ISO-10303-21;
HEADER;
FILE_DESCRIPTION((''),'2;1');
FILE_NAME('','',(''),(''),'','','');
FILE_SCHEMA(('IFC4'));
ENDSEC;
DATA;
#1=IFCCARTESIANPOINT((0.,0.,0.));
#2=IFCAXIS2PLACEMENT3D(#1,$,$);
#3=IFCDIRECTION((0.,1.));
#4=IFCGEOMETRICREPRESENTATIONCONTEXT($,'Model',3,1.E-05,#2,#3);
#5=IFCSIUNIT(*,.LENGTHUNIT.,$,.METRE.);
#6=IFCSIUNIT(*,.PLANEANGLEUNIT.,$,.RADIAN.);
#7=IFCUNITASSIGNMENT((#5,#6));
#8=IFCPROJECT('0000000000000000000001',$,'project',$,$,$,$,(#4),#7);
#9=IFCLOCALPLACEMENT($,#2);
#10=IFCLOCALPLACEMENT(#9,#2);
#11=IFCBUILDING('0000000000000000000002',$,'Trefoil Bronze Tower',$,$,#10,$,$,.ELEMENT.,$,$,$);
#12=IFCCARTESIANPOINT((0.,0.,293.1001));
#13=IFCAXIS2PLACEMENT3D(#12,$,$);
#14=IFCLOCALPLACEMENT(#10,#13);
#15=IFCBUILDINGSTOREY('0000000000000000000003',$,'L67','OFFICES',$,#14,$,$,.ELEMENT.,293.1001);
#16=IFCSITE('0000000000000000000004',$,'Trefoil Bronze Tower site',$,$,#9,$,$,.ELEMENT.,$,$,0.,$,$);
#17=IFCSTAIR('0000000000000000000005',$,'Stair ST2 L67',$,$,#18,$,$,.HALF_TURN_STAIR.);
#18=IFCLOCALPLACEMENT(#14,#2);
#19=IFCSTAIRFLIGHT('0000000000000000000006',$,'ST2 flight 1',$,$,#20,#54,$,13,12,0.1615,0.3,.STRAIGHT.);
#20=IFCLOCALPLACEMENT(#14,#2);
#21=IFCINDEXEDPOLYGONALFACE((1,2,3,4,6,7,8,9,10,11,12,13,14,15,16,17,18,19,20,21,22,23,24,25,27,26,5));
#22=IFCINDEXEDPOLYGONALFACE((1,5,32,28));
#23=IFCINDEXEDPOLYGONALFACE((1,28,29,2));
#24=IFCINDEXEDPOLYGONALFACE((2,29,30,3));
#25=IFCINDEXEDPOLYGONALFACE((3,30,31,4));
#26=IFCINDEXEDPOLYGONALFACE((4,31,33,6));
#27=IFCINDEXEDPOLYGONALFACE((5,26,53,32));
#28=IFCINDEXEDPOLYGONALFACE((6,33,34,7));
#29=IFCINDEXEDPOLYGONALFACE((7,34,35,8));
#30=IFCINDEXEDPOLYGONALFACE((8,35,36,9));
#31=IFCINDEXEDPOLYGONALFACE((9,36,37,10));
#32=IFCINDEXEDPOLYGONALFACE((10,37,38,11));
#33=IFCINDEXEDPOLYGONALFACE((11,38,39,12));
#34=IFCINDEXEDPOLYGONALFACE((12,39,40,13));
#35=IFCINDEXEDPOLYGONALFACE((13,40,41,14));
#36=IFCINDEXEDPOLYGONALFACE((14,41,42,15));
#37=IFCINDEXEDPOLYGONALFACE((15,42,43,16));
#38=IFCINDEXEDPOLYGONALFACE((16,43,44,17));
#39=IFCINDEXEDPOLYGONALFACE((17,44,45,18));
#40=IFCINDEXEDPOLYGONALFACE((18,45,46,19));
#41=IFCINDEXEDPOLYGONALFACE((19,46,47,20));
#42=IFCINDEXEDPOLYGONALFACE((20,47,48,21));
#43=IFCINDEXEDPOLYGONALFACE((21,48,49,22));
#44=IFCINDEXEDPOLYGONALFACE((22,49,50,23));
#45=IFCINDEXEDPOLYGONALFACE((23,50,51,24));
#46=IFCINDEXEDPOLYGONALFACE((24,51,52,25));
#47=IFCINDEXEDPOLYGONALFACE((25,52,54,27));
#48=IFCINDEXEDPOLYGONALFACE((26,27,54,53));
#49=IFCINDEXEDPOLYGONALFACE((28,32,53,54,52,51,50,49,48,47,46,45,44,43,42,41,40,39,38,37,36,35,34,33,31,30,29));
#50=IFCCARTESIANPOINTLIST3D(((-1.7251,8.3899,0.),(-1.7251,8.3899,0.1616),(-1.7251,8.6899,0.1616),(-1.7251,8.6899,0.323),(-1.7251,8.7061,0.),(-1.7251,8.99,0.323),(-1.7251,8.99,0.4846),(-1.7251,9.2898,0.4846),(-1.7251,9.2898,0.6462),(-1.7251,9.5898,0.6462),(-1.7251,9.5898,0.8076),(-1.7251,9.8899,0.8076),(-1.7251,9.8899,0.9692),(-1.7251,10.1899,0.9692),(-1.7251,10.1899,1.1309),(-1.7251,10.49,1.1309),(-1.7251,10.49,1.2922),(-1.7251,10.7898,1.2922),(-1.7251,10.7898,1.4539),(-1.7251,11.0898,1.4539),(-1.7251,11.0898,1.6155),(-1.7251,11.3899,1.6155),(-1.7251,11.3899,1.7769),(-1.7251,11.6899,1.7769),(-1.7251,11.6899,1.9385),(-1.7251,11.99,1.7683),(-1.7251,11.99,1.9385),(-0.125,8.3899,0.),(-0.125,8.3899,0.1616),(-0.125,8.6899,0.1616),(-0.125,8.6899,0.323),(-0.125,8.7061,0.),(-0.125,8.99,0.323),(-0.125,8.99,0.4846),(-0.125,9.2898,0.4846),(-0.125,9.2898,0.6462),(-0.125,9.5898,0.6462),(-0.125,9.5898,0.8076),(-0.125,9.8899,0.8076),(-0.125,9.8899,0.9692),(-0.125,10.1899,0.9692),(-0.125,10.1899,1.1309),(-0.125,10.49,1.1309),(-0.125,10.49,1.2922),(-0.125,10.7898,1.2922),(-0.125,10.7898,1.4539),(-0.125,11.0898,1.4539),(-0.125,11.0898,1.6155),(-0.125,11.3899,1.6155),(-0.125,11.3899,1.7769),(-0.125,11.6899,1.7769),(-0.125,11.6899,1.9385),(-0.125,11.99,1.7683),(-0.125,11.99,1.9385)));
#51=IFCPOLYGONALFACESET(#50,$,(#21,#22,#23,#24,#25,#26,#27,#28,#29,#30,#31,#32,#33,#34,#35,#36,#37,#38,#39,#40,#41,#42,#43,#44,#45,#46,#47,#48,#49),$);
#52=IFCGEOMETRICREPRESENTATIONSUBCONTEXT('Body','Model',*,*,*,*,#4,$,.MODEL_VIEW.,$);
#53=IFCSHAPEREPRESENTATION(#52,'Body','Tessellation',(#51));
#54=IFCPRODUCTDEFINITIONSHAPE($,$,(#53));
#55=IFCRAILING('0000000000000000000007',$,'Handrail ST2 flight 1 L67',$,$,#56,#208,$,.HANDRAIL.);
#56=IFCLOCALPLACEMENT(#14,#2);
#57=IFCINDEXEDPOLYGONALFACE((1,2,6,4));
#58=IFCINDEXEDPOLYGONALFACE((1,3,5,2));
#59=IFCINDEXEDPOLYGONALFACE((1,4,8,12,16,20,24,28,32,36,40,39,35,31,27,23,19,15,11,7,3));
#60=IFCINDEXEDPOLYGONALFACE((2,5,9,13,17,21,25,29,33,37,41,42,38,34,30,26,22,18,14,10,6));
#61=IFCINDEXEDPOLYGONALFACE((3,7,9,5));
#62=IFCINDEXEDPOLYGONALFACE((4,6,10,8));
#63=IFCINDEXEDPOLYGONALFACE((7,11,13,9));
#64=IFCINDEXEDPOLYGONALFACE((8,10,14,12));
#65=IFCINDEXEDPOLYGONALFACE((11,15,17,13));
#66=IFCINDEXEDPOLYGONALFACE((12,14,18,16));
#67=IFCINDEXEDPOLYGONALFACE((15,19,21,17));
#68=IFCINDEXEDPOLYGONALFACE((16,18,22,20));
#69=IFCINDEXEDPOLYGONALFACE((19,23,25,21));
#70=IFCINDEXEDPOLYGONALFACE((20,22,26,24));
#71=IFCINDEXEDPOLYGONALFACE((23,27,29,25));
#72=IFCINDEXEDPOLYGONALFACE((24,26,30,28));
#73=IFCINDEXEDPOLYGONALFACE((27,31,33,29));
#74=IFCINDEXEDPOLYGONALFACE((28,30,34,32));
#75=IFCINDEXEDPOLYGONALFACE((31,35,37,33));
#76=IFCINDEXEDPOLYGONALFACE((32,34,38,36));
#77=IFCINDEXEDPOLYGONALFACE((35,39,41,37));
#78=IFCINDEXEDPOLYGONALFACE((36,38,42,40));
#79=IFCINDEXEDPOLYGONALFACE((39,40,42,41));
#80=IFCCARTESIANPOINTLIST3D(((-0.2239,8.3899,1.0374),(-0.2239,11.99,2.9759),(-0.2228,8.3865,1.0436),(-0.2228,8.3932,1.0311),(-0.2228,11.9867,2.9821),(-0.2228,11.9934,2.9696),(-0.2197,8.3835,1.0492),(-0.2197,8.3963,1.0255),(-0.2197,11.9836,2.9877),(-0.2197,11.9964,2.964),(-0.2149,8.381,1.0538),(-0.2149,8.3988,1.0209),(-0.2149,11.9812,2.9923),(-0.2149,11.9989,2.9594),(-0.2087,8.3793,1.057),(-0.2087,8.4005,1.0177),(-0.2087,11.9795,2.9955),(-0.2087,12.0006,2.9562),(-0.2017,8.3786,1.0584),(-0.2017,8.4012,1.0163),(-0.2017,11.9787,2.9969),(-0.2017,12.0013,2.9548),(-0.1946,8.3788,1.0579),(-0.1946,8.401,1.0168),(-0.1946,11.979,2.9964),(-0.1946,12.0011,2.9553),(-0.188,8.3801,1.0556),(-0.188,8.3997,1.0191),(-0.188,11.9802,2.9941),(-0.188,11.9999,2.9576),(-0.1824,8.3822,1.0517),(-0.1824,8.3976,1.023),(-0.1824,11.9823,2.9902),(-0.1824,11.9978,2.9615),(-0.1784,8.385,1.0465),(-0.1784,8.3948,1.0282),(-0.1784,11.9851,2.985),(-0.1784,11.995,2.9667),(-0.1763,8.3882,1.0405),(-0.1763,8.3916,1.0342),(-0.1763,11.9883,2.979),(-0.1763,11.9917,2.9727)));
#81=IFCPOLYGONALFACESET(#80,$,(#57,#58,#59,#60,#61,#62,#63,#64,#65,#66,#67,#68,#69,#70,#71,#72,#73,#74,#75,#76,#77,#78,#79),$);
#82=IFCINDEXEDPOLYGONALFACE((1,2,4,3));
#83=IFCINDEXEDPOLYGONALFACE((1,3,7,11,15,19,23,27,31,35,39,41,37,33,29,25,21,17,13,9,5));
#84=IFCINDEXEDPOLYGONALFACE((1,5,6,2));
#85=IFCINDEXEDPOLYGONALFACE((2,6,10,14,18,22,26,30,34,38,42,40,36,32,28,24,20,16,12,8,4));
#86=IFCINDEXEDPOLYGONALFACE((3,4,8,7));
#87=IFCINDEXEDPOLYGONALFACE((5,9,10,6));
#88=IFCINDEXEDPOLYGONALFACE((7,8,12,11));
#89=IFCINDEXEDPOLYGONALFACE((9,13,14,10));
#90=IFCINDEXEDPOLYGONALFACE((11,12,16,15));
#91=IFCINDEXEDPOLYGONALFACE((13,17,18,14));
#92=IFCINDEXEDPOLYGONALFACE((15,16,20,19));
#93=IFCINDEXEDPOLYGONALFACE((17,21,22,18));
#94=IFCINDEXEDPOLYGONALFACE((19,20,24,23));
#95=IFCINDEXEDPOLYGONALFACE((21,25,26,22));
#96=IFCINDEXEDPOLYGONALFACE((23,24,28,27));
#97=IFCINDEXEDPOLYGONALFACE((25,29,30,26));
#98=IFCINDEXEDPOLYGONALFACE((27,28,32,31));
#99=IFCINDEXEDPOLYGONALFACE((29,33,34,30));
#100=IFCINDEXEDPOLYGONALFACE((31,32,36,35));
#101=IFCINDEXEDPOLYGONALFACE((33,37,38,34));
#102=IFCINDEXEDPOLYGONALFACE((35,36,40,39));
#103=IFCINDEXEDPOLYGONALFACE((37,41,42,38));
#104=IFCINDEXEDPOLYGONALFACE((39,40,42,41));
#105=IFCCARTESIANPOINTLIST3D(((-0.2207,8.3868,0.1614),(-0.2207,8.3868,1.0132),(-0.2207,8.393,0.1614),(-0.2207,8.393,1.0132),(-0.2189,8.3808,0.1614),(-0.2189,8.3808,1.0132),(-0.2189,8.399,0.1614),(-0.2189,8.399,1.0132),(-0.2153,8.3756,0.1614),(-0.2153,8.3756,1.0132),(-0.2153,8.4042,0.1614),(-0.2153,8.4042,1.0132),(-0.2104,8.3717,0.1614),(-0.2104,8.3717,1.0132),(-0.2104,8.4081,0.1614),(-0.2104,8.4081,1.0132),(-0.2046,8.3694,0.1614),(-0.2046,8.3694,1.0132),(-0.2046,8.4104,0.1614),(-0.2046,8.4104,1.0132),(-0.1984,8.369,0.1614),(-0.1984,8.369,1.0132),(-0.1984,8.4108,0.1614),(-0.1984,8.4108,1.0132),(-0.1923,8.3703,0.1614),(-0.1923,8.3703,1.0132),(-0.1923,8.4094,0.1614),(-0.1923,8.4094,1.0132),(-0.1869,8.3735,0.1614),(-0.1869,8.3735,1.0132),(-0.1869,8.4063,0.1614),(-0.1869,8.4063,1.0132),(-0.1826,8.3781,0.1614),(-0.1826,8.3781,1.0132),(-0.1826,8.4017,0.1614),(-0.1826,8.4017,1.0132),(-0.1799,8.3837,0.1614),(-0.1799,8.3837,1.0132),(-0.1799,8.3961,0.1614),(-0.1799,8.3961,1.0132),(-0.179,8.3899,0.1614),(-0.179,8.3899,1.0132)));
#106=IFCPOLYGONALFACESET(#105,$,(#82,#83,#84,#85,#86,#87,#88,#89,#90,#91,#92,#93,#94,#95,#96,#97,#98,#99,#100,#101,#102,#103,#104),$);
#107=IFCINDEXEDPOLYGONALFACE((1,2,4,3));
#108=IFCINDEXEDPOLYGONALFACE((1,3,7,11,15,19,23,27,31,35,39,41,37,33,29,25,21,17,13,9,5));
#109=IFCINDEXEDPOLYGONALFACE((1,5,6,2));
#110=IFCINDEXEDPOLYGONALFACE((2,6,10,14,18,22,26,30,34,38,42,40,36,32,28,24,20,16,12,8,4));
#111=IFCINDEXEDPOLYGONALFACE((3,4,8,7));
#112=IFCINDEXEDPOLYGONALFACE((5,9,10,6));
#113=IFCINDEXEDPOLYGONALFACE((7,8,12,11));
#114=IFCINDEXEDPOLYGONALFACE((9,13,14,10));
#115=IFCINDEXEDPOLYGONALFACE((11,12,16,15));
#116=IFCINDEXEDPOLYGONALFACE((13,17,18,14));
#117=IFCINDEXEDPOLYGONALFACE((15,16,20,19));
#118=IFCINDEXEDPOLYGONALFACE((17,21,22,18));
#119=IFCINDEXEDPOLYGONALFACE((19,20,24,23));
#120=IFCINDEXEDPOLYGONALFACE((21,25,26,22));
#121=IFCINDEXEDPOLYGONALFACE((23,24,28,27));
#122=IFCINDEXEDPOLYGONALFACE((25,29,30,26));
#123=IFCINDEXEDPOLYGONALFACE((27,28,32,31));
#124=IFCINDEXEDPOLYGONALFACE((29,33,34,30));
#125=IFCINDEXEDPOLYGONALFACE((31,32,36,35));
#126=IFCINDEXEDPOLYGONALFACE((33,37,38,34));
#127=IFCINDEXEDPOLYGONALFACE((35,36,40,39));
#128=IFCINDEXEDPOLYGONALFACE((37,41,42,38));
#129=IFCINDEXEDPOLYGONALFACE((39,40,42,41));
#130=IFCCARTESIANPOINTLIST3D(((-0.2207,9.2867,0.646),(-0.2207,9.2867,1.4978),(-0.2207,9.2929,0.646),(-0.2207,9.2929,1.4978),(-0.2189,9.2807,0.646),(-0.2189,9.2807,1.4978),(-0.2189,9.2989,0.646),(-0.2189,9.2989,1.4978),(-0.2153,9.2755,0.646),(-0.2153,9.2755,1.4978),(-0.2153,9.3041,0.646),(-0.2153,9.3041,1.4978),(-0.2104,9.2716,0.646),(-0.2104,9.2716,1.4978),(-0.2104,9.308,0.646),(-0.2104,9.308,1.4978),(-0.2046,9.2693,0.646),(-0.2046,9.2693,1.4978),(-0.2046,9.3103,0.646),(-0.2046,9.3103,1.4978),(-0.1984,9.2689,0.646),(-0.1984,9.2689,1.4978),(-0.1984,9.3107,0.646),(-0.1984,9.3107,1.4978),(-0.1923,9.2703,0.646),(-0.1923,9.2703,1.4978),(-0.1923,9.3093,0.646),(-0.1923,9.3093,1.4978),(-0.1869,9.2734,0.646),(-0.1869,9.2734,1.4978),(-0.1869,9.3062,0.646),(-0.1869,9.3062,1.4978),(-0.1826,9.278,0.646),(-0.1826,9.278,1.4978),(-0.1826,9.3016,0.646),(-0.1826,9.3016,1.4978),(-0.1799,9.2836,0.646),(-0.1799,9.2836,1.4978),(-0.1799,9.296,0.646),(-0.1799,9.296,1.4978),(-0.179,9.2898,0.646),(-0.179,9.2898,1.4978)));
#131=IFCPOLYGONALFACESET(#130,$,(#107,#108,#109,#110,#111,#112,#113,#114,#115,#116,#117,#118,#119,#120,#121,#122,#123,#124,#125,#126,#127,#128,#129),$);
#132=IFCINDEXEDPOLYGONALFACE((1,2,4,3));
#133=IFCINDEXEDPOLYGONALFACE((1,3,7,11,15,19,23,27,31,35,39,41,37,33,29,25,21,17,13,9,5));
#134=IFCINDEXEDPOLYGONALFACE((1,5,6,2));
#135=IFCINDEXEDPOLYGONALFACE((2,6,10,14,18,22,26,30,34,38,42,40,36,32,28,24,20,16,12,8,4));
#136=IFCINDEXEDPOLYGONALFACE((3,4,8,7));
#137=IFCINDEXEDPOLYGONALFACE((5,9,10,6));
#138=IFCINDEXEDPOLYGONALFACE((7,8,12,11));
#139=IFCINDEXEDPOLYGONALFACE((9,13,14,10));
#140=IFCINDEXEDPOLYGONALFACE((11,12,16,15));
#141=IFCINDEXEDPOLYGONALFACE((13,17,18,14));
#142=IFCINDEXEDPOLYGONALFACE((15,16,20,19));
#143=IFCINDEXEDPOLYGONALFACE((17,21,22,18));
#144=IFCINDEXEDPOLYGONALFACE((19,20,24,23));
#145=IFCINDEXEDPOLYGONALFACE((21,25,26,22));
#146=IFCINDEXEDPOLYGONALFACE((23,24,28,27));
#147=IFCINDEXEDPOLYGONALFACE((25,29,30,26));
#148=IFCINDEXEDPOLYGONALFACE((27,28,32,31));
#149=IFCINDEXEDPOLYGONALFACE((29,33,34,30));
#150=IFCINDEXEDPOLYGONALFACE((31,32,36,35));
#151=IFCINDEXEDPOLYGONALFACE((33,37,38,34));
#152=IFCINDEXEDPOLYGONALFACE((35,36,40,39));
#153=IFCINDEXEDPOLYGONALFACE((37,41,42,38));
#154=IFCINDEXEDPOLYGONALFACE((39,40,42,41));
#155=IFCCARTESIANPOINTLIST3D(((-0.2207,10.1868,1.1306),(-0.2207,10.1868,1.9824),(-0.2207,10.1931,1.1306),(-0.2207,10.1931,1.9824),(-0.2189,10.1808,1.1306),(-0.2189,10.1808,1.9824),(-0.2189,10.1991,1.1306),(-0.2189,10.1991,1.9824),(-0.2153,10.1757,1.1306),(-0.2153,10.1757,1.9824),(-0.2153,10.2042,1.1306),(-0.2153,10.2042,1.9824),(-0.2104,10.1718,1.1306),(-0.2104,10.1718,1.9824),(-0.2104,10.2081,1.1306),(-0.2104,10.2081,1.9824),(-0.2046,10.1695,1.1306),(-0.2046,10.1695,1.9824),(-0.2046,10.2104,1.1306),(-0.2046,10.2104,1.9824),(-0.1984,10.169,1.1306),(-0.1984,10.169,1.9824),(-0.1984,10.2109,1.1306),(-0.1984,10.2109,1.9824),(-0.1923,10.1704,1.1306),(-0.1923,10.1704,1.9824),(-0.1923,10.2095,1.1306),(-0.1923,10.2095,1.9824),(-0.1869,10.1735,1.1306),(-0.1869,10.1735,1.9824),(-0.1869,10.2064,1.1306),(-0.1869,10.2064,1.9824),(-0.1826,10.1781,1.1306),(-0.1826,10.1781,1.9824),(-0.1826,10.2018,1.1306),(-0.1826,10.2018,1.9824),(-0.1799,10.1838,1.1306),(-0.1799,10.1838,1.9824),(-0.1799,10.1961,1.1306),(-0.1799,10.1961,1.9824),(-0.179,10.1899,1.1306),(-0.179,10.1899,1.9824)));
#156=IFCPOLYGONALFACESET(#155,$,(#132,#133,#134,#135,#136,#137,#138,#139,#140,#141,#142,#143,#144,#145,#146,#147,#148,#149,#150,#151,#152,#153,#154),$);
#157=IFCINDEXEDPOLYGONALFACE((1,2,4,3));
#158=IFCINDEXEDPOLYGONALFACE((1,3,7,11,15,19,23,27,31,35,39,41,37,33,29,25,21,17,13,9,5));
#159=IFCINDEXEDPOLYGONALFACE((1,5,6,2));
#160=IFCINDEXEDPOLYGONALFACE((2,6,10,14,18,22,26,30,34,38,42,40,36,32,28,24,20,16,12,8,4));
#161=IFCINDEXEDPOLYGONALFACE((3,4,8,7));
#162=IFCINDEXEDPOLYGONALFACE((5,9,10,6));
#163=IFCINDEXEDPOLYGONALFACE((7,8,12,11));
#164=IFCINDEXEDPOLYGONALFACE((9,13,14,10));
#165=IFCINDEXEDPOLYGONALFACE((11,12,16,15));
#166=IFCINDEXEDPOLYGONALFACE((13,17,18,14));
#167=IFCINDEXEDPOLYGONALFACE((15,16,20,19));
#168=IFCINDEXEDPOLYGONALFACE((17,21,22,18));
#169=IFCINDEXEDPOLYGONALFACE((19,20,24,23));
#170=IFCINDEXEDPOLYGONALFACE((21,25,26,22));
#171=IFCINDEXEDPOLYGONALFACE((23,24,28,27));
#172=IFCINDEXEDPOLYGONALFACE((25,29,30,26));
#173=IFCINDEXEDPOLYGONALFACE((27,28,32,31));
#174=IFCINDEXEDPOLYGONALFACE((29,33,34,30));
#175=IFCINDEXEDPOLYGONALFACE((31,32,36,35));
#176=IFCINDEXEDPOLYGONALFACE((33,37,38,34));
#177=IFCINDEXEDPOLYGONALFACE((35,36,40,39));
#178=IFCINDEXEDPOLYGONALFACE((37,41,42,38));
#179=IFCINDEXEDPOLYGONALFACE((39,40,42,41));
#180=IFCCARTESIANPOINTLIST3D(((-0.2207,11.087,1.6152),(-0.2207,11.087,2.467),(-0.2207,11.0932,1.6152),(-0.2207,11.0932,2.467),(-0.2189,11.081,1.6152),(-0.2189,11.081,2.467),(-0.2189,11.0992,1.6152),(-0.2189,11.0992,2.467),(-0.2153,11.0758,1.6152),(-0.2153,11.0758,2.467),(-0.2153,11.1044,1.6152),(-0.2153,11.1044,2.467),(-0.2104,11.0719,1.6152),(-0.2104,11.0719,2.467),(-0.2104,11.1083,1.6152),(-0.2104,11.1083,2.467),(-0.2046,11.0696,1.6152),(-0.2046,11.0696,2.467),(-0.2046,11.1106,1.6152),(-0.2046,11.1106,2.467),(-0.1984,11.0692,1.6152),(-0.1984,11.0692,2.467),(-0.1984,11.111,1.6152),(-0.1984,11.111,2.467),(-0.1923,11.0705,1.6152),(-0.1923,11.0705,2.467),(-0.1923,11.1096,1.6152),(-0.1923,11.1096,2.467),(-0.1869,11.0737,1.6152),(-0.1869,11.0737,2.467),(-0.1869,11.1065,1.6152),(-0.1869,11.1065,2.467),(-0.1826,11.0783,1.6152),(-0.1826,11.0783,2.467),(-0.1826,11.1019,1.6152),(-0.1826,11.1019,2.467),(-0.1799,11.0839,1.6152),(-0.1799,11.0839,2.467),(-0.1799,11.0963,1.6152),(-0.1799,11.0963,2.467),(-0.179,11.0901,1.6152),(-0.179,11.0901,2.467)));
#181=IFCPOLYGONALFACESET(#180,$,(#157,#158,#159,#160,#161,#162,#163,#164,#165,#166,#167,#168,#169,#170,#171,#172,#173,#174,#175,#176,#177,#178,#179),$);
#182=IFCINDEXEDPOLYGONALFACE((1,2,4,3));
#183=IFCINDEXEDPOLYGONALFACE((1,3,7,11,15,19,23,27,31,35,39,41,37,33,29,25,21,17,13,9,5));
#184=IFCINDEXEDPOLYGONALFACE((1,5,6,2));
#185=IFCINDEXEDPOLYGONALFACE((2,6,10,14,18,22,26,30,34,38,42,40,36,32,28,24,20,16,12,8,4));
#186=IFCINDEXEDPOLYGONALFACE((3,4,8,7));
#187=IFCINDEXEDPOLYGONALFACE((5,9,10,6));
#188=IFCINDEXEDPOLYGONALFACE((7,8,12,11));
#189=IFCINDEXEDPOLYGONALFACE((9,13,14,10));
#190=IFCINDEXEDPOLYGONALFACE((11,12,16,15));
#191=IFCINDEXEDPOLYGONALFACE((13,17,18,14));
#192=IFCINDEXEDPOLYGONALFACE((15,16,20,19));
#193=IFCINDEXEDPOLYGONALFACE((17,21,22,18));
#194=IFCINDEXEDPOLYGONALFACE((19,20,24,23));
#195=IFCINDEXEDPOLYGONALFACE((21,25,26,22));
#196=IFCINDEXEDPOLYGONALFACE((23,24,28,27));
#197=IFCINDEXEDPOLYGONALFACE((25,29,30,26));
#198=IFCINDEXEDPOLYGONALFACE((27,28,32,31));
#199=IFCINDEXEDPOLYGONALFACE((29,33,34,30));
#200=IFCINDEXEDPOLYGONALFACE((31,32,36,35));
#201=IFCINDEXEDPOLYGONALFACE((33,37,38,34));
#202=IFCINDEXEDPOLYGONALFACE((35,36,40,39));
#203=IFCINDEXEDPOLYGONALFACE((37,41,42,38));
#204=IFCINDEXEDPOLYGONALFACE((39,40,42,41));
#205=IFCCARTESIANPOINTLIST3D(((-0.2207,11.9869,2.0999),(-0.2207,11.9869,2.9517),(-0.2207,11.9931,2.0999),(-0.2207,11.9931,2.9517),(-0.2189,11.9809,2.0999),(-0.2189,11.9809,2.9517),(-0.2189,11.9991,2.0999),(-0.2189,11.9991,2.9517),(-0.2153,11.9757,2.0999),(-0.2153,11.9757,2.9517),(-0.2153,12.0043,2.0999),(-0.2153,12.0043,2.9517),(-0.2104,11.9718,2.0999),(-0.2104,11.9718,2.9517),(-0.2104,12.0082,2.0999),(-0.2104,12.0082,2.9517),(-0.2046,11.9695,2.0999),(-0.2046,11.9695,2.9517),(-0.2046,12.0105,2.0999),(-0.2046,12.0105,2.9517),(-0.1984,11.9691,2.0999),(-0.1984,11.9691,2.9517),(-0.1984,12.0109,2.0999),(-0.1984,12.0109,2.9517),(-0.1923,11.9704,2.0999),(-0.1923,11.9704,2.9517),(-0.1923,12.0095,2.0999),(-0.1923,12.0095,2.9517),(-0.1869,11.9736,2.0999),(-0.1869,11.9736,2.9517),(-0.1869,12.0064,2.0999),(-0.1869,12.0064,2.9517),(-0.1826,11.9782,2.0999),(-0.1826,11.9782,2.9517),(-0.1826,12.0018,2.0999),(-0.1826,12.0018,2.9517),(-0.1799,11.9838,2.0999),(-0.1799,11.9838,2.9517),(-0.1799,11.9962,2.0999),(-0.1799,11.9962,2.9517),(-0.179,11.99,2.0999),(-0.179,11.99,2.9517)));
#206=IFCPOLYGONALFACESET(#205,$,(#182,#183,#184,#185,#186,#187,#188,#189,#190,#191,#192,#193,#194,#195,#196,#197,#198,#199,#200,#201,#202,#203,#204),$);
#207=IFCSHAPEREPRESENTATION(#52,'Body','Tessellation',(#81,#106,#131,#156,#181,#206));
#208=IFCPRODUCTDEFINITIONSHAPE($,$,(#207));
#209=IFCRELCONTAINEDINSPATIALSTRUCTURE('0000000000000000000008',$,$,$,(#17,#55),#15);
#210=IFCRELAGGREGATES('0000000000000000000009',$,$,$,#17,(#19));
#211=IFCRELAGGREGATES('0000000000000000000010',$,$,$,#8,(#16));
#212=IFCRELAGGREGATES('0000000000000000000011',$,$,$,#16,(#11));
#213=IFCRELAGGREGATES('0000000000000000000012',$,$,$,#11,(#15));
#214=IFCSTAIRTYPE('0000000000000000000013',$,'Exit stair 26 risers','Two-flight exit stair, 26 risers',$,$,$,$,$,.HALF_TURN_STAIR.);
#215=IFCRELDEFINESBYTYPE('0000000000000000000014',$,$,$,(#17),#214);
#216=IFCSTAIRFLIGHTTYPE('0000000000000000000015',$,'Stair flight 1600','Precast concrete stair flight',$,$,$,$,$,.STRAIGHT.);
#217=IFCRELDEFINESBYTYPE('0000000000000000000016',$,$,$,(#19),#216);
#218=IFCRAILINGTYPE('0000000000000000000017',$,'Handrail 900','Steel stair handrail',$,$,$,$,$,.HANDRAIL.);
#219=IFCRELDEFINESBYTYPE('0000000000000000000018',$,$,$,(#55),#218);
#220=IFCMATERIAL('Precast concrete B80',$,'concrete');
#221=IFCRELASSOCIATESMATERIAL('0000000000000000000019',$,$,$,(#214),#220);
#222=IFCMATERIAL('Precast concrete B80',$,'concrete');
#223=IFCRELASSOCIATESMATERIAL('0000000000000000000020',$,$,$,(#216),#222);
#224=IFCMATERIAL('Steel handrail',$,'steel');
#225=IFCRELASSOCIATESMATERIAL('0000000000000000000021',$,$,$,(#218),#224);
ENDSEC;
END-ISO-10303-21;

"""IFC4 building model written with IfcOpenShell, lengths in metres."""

from ifc_helpers import new_model, si_unit, direction, frame, origin, origin_2d, place, context, subcontext, project, spatial, polyline, circle, outline, extrude, material, type_object, element, aggregate, save


model = new_model("IFC4")

# Units and contexts
model_context = context("Model", 3, precision=1e-05, world=origin(), true_north=direction((0.0, 1.0)))
body_context = subcontext(model_context, "Body", "Model", "MODEL_VIEW")
ifc_project = project(units=[si_unit("LENGTHUNIT", "METRE"), si_unit("PLANEANGLEUNIT", "RADIAN")], contexts=[model_context])

# Site, building, storey
site_placement = place(None, origin())
site = spatial("IfcSite", under=ifc_project, at=site_placement, Name="Trefoil Bronze Tower site", CompositionType="ELEMENT", RefElevation=0.0)
building_placement = place(site_placement, origin())
building = spatial("IfcBuilding", under=site, at=building_placement, Name="Trefoil Bronze Tower", CompositionType="ELEMENT")
storey_placement = place(building_placement, frame((0.0, 0.0, 293.1001)))
storey = spatial("IfcBuildingStorey", under=building, at=storey_placement, Name="L67", Description="OFFICES", CompositionType="ELEMENT", Elevation=293.1001)

# Stair, stair flight
ifc_material_1 = material(Name="Precast concrete B80", Category="concrete")
stair_type = type_object("IfcStairType", Name="Exit stair 26 risers", Description="Two-flight exit stair, 26 risers", PredefinedType="HALF_TURN_STAIR", material=ifc_material_1)
stair_placement = place(storey_placement, origin())
stair = element("IfcStair", 1, at=stair_placement, inside=storey, type_object=stair_type, Name="Stair ST2 L67", PredefinedType="HALF_TURN_STAIR")
ifc_material_2 = material(Name="Precast concrete B80", Category="concrete")
stair_flight_type = type_object("IfcStairFlightType", Name="Stair flight 1600", Description="Precast concrete stair flight", PredefinedType="STRAIGHT", material=ifc_material_2)
stair_flight_placement = place(storey_placement, frame((-0.925, 8.3899, 0.0), z_axis=(0.0, 0.0, 1.0), x_axis=(0.0, 1.0, 0.0)))
stair_flight = element("IfcStairFlight", 2, at=stair_flight_placement, type_object=stair_flight_type, Name="ST2 flight 1", NumberOfRisers=13, NumberOfTreads=12, PredefinedType="STRAIGHT", RiserHeight=0.1615, TreadLength=0.3, context=body_context, shape_type="SweptSolid", body=[
    extrude(outline(polyline([(0.0, 0.0), (0.0, 0.1616), (0.3, 0.1616), (0.3, 0.323), (0.6001, 0.323), (0.6001, 0.4846), (0.8999, 0.4846), (0.8999, 0.6462), (1.2, 0.6462), (1.2, 0.8076), (1.5, 0.8076), (1.5, 0.9692), (1.8, 0.9692), (1.8, 1.1309), (2.1001, 1.1309), (2.1001, 1.2922), (2.3999, 1.2922), (2.3999, 1.4539), (2.7, 1.4539), (2.7, 1.6155), (3.0, 1.6155), (3.0, 1.7769), (3.3, 1.7769), (3.3, 1.9385), (3.6001, 1.9385), (3.6001, 2.1001), (3.6001, 1.7683), (0.3162, 0.0), (0.0, 0.0)])), frame((0.0, 0.8, 0.0), z_axis=(0.0, -1.0, 0.0), x_axis=(1.0, 0.0, 0.0)), (0.0, 0.0, 1.0), 1.6001),
])
aggregate(stair, [stair_flight])

# Railing
ifc_material_3 = material(Name="Steel handrail", Category="steel")
railing_type = type_object("IfcRailingType", Name="Handrail 900", Description="Steel stair handrail", PredefinedType="HANDRAIL", material=ifc_material_3)
railing_placement = place(storey_placement, frame((-0.2, 8.3899, 0.1614)))
element("IfcRailing", 3, at=railing_placement, inside=storey, type_object=railing_type, Name="Handrail ST2 flight 1 L67", PredefinedType="HANDRAIL", context=body_context, shape_type="SweptSolid", body=[
    extrude(circle(Radius=0.0239, at=origin_2d()), frame((0.0, 0.0, 0.876), z_axis=(0.0, 0.880475, 0.474093), x_axis=(-1.0, 0.0, 0.0)), (0.0, 0.0, 1.0), 4.0889),
    extrude(circle(Radius=0.021, at=origin_2d()), origin(), (0.0, 0.0, 1.0), 0.8518),
    extrude(circle(Radius=0.021, at=origin_2d()), frame((0.0, 0.8999, 0.4846)), (0.0, 0.0, 1.0), 0.8518),
    extrude(circle(Radius=0.021, at=origin_2d()), frame((0.0, 1.8, 0.9692)), (0.0, 0.0, 1.0), 0.8518),
    extrude(circle(Radius=0.021, at=origin_2d()), frame((0.0, 2.7002, 1.4539)), (0.0, 0.0, 1.0), 0.8518),
    extrude(circle(Radius=0.021, at=origin_2d()), frame((0.0, 3.6001, 1.9385)), (0.0, 0.0, 1.0), 0.8518),
])

save(model, "model.ifc")
